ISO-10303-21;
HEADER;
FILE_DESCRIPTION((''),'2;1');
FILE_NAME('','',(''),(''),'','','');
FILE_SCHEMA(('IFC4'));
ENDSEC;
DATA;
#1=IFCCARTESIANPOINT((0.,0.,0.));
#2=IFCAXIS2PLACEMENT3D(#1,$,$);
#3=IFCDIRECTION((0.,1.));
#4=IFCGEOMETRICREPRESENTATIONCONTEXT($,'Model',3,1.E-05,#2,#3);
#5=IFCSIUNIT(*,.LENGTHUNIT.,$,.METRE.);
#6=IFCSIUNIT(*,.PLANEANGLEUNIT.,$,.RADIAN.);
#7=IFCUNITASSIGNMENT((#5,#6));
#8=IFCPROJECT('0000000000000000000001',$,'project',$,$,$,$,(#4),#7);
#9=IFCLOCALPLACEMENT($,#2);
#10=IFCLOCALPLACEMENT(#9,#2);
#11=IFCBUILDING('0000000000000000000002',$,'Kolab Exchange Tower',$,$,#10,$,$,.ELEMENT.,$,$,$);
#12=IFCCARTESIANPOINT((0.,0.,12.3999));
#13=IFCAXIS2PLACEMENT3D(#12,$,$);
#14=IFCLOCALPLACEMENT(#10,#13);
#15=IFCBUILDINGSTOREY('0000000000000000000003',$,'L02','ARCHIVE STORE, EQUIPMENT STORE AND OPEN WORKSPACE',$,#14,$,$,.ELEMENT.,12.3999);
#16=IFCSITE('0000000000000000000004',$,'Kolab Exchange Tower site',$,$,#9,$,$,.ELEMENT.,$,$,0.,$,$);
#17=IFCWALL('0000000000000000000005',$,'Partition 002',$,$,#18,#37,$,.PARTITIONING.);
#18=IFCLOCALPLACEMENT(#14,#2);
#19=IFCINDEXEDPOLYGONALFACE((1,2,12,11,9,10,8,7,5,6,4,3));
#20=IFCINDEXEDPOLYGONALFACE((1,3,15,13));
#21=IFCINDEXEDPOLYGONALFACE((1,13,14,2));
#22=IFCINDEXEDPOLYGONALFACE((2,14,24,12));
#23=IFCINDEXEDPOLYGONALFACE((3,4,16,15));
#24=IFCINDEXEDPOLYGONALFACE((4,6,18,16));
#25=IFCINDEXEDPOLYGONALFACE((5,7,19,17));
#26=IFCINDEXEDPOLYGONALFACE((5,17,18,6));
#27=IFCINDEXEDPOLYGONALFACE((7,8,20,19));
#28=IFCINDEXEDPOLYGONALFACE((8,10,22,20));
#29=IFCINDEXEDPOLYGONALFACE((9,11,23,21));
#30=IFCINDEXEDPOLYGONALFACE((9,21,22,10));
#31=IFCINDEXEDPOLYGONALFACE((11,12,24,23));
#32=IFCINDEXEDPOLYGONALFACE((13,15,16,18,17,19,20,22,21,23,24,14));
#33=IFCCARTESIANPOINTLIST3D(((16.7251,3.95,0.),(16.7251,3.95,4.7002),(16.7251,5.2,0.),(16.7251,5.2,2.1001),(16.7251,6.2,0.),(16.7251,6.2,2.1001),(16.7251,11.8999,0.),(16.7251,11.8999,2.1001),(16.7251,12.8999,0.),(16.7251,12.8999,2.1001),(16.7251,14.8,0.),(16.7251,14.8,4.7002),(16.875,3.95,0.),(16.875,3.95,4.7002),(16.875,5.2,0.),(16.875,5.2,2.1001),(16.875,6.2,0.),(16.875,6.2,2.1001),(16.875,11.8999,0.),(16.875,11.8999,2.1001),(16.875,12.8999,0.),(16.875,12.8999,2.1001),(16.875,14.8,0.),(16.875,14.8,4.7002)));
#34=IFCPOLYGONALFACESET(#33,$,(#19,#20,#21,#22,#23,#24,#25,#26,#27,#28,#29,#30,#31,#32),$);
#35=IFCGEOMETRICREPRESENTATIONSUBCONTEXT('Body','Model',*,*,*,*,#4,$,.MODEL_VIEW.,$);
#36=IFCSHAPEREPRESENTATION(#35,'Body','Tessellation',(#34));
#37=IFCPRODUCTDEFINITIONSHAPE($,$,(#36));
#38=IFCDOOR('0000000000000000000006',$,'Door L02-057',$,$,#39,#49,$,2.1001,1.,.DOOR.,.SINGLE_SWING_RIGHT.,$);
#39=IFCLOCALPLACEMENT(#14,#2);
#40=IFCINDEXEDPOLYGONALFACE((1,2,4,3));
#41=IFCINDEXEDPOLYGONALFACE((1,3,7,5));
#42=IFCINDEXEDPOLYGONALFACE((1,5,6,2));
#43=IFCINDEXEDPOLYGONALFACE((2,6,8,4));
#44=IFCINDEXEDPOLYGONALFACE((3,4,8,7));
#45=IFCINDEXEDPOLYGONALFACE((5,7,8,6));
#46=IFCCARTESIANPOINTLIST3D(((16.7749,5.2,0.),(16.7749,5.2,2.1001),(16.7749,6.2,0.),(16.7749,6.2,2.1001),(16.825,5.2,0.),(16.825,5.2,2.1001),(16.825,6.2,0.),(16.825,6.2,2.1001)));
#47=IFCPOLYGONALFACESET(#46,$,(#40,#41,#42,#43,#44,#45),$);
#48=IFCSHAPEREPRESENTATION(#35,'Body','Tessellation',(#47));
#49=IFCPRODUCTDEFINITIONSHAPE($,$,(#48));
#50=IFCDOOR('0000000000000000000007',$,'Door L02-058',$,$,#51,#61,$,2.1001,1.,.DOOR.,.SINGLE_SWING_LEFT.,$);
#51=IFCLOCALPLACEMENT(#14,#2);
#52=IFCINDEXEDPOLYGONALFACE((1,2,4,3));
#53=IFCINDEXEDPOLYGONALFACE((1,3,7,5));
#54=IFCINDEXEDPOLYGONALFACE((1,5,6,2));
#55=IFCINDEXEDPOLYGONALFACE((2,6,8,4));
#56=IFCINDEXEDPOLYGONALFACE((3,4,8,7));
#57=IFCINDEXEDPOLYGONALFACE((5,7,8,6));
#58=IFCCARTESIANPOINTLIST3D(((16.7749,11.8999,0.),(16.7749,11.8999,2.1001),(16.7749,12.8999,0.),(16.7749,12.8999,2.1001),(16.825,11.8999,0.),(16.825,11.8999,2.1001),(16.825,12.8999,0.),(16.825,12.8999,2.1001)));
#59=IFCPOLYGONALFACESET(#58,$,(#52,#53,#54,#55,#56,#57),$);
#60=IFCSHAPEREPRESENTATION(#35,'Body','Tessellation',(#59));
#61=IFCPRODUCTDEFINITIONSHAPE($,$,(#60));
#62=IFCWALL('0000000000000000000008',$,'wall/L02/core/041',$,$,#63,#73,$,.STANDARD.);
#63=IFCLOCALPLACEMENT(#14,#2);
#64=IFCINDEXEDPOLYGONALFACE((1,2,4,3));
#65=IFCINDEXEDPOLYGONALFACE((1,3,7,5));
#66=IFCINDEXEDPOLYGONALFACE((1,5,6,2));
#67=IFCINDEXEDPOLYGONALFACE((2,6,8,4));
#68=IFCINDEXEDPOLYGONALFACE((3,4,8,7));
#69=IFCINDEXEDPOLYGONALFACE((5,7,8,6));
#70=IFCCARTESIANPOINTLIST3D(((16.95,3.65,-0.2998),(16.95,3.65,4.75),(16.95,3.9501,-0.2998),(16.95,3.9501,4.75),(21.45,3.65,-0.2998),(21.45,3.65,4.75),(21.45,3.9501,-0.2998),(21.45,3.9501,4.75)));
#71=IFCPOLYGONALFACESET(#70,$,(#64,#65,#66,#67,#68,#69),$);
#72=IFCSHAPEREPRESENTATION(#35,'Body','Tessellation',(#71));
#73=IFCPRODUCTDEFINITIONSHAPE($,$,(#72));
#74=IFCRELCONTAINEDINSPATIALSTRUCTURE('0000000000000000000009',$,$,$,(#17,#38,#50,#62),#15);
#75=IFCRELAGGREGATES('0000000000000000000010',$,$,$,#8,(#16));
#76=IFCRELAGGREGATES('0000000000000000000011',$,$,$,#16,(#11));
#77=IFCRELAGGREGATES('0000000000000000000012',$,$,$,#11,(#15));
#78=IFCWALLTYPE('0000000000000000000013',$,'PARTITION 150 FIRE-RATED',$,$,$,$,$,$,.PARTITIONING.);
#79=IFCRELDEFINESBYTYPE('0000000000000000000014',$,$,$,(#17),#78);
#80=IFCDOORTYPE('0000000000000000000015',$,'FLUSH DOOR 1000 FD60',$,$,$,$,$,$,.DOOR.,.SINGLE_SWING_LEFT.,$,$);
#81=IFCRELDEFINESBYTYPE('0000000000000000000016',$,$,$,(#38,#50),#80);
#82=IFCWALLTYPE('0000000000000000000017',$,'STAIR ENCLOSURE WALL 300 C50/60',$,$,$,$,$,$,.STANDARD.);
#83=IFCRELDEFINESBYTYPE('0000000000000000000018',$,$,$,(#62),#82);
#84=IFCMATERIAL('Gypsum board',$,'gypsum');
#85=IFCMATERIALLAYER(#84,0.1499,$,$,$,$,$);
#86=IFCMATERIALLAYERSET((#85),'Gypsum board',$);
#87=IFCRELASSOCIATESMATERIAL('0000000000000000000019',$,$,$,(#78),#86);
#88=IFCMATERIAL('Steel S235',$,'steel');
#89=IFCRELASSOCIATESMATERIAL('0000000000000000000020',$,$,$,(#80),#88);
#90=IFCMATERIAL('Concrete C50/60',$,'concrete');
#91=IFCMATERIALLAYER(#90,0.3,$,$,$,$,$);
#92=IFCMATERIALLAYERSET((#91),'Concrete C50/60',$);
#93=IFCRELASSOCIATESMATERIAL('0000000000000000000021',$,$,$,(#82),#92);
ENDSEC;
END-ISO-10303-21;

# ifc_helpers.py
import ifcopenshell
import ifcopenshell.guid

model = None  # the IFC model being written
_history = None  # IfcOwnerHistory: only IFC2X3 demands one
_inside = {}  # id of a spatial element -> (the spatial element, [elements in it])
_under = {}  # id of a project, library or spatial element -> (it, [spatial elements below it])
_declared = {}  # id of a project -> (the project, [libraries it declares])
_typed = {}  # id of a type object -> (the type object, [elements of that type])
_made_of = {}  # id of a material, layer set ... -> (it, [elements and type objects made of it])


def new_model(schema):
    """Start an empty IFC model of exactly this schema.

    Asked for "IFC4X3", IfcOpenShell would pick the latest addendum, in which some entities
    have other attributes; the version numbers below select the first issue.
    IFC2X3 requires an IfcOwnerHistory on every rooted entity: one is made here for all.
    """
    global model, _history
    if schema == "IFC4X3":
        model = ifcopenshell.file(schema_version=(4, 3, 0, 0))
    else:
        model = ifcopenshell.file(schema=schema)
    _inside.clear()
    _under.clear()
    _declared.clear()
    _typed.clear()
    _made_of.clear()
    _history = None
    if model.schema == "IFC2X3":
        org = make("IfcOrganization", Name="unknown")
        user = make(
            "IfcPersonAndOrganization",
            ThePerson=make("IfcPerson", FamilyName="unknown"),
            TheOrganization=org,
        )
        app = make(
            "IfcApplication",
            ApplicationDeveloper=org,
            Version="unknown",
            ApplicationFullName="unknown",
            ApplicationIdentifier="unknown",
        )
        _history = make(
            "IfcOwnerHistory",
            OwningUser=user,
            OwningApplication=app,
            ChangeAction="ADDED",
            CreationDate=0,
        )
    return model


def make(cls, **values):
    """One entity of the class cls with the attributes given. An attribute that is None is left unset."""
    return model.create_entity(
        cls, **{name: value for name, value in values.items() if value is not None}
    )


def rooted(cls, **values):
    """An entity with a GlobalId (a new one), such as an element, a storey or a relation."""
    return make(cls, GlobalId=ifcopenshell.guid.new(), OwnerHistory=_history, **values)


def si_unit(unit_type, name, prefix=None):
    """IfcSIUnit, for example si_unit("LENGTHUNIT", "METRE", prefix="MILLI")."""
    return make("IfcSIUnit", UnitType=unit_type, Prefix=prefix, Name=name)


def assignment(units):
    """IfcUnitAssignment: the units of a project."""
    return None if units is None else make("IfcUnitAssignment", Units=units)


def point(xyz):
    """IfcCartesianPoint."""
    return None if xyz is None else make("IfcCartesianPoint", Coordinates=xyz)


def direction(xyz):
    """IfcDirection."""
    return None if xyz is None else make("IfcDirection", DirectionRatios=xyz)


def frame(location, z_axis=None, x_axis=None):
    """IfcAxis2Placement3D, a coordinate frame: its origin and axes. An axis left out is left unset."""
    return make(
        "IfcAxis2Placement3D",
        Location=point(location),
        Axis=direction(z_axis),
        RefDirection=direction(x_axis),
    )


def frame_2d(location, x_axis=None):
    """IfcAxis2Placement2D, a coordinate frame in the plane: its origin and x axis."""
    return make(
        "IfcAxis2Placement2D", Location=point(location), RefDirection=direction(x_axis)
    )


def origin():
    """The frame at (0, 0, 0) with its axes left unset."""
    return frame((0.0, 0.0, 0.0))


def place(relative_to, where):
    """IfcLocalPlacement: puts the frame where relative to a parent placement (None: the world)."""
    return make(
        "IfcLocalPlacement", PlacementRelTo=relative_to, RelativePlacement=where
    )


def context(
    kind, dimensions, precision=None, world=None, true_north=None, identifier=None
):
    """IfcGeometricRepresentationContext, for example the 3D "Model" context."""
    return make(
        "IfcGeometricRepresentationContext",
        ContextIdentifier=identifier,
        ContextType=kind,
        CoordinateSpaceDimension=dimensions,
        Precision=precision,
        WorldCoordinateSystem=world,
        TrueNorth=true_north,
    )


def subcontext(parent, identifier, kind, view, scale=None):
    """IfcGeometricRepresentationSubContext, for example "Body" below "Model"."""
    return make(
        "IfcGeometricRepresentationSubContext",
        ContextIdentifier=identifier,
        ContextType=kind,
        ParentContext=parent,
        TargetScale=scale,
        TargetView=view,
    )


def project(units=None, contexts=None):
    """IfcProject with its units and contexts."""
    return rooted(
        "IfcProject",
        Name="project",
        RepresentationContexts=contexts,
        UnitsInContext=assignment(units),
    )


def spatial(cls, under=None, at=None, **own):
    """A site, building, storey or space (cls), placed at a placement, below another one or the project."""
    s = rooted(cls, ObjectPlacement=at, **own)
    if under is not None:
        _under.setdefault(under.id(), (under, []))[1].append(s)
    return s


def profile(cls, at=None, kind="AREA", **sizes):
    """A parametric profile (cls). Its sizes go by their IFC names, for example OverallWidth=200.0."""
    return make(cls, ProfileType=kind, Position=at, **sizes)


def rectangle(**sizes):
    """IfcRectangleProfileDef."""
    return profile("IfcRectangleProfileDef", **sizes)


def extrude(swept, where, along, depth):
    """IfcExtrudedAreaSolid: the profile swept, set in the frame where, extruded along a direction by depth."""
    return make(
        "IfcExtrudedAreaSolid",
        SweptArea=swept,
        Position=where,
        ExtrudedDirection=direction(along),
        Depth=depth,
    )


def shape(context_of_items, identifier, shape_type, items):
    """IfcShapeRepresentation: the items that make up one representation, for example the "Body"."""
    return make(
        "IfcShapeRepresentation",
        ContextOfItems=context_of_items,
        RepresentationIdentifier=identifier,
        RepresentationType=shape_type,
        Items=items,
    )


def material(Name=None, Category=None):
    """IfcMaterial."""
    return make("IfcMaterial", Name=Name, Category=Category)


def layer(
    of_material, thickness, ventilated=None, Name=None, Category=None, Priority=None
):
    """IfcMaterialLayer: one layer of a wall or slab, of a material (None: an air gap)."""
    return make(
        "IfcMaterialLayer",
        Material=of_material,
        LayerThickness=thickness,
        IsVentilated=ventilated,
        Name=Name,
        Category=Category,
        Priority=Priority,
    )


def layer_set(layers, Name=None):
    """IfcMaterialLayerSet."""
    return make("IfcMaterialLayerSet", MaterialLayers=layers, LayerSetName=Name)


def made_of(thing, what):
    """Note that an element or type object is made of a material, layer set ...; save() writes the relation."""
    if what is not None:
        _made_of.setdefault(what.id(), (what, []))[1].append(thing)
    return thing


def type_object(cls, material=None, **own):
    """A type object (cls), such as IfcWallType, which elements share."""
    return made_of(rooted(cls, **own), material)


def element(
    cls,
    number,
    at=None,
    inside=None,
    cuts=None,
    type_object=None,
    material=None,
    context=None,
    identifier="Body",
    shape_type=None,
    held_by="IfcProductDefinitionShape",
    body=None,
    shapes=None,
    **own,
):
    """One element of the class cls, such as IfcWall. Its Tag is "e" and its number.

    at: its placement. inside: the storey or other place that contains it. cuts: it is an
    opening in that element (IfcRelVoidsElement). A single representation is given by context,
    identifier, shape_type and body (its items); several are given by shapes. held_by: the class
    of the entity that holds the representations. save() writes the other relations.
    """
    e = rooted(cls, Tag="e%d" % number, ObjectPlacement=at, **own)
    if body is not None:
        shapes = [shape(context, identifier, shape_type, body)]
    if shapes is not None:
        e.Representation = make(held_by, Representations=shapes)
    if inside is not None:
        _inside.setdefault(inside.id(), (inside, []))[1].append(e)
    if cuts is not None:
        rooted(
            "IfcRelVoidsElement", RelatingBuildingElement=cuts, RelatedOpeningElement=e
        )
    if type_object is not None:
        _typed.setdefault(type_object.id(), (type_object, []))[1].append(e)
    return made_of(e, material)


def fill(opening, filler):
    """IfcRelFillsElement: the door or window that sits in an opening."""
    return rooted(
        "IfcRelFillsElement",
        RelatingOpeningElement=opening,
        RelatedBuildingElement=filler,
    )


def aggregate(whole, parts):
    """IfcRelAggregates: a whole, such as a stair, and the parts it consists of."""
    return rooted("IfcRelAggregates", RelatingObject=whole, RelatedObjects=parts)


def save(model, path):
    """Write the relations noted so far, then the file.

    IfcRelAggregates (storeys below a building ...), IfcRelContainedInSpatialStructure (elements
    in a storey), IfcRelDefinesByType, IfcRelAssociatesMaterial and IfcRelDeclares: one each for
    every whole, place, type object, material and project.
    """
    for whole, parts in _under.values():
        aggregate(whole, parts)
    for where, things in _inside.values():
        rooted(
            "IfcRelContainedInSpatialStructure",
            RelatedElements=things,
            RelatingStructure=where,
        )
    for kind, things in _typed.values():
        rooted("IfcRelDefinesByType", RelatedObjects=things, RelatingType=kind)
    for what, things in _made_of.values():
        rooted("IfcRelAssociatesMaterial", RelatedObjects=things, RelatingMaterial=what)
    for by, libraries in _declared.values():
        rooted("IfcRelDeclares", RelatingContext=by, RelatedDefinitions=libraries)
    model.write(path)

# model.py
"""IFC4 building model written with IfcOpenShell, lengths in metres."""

from ifc_helpers import new_model, si_unit, direction, frame, frame_2d, origin, place, context, subcontext, project, spatial, rectangle, extrude, material, layer, layer_set, type_object, element, fill, save


model = new_model("IFC4")

# Units and contexts
model_context = context("Model", 3, precision=1e-05, world=origin(), true_north=direction((0.0, 1.0)))
body_context = subcontext(model_context, "Body", "Model", "MODEL_VIEW")
ifc_project = project(units=[si_unit("LENGTHUNIT", "METRE"), si_unit("PLANEANGLEUNIT", "RADIAN")], contexts=[model_context])

# Site, building, storey
site_placement = place(None, origin())
site = spatial("IfcSite", under=ifc_project, at=site_placement, Name="Kolab Exchange Tower site", CompositionType="ELEMENT", RefElevation=0.0)
building_placement = place(site_placement, origin())
building = spatial("IfcBuilding", under=site, at=building_placement, Name="Kolab Exchange Tower", CompositionType="ELEMENT")
storey_placement = place(building_placement, frame((0.0, 0.0, 12.3999)))
storey = spatial("IfcBuildingStorey", under=building, at=storey_placement, Name="L02", Description="ARCHIVE STORE, EQUIPMENT STORE AND OPEN WORKSPACE", CompositionType="ELEMENT", Elevation=12.3999)

# Shared definitions
ifc_material_1 = material(Name="Concrete C50/60", Category="concrete")

# Shared definitions
ifc_material_2 = material(Name="Steel S235", Category="steel")

# Wall, openings, doors
ifc_material_3 = material(Name="Gypsum board", Category="gypsum")
ifc_layer_1 = layer(ifc_material_3, 0.1499)
ifc_layer_set_1 = layer_set([ifc_layer_1], Name="Gypsum board")
wall_type_1 = type_object("IfcWallType", Name="PARTITION 150 FIRE-RATED", PredefinedType="PARTITIONING", material=ifc_layer_set_1)
wall_1_placement = place(storey_placement, frame((16.8, 3.95, 0.0), z_axis=(0.0, 0.0, 1.0), x_axis=(0.0, 1.0, 0.0)))
wall_1 = element("IfcWall", 1, at=wall_1_placement, inside=storey, type_object=wall_type_1, Name="Partition 002", PredefinedType="PARTITIONING", context=body_context, shape_type="SweptSolid", body=[
    extrude(rectangle(XDim=10.8501, YDim=0.1499, at=frame_2d((5.425, 0.0))), origin(), (0.0, 0.0, 1.0), 4.7002),
])
opening_1_placement = place(wall_1_placement, frame((1.25, 0.0, 0.0)))
opening_1 = element("IfcOpeningElement", 2, at=opening_1_placement, cuts=wall_1, PredefinedType="OPENING", context=body_context, shape_type="SweptSolid", body=[
    extrude(rectangle(XDim=1.0, YDim=2.1001, at=frame_2d((0.5, 1.05))), frame((0.0, 0.085, 0.0), z_axis=(0.0, -1.0, 0.0), x_axis=(1.0, 0.0, 0.0)), (0.0, 0.0, 1.0), 0.1699),
])
opening_2_placement = place(wall_1_placement, frame((7.95, 0.0, 0.0)))
opening_2 = element("IfcOpeningElement", 3, at=opening_2_placement, cuts=wall_1, PredefinedType="OPENING", context=body_context, shape_type="SweptSolid", body=[
    extrude(rectangle(XDim=1.0, YDim=2.1001, at=frame_2d((0.5, 1.05))), frame((0.0, 0.085, 0.0), z_axis=(0.0, -1.0, 0.0), x_axis=(1.0, 0.0, 0.0)), (0.0, 0.0, 1.0), 0.1699),
])
door_type_1 = type_object("IfcDoorType", Name="FLUSH DOOR 1000 FD60", OperationType="SINGLE_SWING_LEFT", PredefinedType="DOOR", material=ifc_material_2)
door_1_placement = place(opening_1_placement, frame((1.0, 0.0, 0.0), z_axis=(0.0, 0.0, 1.0), x_axis=(-1.0, 0.0, 0.0)))
door_1 = element("IfcDoor", 4, at=door_1_placement, inside=storey, type_object=door_type_1, Name="Door L02-057", OperationType="SINGLE_SWING_RIGHT", OverallHeight=2.1001, OverallWidth=1.0, PredefinedType="DOOR", context=body_context, shape_type="SweptSolid", body=[
    extrude(rectangle(XDim=1.0, YDim=2.1001, at=frame_2d((0.5, 1.05))), frame((0.0, 0.0249, 0.0), z_axis=(0.0, -1.0, 0.0), x_axis=(1.0, 0.0, 0.0)), (0.0, 0.0, 1.0), 0.05),
])
fill(opening_1, door_1)
door_2_placement = place(opening_2_placement, frame((1.0, 0.0, 0.0), z_axis=(0.0, 0.0, 1.0), x_axis=(-1.0, 0.0, 0.0)))
door_2 = element("IfcDoor", 5, at=door_2_placement, inside=storey, type_object=door_type_1, Name="Door L02-058", OperationType="SINGLE_SWING_LEFT", OverallHeight=2.1001, OverallWidth=1.0, PredefinedType="DOOR", context=body_context, shape_type="SweptSolid", body=[
    extrude(rectangle(XDim=1.0, YDim=2.1001, at=frame_2d((0.5, 1.05))), frame((0.0, 0.0249, 0.0), z_axis=(0.0, -1.0, 0.0), x_axis=(1.0, 0.0, 0.0)), (0.0, 0.0, 1.0), 0.05),
])
fill(opening_2, door_2)

# Wall
ifc_layer_2 = layer(ifc_material_1, 0.3)
ifc_layer_set_2 = layer_set([ifc_layer_2], Name="Concrete C50/60")
wall_type_2 = type_object("IfcWallType", Name="STAIR ENCLOSURE WALL 300 C50/60", PredefinedType="STANDARD", material=ifc_layer_set_2)
wall_2_placement = place(storey_placement, frame((16.95, 3.8, -0.2998), z_axis=(0.0, 0.0, 1.0), x_axis=(1.0, 0.0, 0.0)))
element("IfcWall", 6, at=wall_2_placement, inside=storey, type_object=wall_type_2, Name="wall/L02/core/041", PredefinedType="STANDARD", context=body_context, shape_type="SweptSolid", body=[
    extrude(rectangle(XDim=4.5, YDim=0.3, at=frame_2d((2.25, 0.0))), origin(), (0.0, 0.0, 1.0), 5.0498),
])

save(model, "model.ifc")
